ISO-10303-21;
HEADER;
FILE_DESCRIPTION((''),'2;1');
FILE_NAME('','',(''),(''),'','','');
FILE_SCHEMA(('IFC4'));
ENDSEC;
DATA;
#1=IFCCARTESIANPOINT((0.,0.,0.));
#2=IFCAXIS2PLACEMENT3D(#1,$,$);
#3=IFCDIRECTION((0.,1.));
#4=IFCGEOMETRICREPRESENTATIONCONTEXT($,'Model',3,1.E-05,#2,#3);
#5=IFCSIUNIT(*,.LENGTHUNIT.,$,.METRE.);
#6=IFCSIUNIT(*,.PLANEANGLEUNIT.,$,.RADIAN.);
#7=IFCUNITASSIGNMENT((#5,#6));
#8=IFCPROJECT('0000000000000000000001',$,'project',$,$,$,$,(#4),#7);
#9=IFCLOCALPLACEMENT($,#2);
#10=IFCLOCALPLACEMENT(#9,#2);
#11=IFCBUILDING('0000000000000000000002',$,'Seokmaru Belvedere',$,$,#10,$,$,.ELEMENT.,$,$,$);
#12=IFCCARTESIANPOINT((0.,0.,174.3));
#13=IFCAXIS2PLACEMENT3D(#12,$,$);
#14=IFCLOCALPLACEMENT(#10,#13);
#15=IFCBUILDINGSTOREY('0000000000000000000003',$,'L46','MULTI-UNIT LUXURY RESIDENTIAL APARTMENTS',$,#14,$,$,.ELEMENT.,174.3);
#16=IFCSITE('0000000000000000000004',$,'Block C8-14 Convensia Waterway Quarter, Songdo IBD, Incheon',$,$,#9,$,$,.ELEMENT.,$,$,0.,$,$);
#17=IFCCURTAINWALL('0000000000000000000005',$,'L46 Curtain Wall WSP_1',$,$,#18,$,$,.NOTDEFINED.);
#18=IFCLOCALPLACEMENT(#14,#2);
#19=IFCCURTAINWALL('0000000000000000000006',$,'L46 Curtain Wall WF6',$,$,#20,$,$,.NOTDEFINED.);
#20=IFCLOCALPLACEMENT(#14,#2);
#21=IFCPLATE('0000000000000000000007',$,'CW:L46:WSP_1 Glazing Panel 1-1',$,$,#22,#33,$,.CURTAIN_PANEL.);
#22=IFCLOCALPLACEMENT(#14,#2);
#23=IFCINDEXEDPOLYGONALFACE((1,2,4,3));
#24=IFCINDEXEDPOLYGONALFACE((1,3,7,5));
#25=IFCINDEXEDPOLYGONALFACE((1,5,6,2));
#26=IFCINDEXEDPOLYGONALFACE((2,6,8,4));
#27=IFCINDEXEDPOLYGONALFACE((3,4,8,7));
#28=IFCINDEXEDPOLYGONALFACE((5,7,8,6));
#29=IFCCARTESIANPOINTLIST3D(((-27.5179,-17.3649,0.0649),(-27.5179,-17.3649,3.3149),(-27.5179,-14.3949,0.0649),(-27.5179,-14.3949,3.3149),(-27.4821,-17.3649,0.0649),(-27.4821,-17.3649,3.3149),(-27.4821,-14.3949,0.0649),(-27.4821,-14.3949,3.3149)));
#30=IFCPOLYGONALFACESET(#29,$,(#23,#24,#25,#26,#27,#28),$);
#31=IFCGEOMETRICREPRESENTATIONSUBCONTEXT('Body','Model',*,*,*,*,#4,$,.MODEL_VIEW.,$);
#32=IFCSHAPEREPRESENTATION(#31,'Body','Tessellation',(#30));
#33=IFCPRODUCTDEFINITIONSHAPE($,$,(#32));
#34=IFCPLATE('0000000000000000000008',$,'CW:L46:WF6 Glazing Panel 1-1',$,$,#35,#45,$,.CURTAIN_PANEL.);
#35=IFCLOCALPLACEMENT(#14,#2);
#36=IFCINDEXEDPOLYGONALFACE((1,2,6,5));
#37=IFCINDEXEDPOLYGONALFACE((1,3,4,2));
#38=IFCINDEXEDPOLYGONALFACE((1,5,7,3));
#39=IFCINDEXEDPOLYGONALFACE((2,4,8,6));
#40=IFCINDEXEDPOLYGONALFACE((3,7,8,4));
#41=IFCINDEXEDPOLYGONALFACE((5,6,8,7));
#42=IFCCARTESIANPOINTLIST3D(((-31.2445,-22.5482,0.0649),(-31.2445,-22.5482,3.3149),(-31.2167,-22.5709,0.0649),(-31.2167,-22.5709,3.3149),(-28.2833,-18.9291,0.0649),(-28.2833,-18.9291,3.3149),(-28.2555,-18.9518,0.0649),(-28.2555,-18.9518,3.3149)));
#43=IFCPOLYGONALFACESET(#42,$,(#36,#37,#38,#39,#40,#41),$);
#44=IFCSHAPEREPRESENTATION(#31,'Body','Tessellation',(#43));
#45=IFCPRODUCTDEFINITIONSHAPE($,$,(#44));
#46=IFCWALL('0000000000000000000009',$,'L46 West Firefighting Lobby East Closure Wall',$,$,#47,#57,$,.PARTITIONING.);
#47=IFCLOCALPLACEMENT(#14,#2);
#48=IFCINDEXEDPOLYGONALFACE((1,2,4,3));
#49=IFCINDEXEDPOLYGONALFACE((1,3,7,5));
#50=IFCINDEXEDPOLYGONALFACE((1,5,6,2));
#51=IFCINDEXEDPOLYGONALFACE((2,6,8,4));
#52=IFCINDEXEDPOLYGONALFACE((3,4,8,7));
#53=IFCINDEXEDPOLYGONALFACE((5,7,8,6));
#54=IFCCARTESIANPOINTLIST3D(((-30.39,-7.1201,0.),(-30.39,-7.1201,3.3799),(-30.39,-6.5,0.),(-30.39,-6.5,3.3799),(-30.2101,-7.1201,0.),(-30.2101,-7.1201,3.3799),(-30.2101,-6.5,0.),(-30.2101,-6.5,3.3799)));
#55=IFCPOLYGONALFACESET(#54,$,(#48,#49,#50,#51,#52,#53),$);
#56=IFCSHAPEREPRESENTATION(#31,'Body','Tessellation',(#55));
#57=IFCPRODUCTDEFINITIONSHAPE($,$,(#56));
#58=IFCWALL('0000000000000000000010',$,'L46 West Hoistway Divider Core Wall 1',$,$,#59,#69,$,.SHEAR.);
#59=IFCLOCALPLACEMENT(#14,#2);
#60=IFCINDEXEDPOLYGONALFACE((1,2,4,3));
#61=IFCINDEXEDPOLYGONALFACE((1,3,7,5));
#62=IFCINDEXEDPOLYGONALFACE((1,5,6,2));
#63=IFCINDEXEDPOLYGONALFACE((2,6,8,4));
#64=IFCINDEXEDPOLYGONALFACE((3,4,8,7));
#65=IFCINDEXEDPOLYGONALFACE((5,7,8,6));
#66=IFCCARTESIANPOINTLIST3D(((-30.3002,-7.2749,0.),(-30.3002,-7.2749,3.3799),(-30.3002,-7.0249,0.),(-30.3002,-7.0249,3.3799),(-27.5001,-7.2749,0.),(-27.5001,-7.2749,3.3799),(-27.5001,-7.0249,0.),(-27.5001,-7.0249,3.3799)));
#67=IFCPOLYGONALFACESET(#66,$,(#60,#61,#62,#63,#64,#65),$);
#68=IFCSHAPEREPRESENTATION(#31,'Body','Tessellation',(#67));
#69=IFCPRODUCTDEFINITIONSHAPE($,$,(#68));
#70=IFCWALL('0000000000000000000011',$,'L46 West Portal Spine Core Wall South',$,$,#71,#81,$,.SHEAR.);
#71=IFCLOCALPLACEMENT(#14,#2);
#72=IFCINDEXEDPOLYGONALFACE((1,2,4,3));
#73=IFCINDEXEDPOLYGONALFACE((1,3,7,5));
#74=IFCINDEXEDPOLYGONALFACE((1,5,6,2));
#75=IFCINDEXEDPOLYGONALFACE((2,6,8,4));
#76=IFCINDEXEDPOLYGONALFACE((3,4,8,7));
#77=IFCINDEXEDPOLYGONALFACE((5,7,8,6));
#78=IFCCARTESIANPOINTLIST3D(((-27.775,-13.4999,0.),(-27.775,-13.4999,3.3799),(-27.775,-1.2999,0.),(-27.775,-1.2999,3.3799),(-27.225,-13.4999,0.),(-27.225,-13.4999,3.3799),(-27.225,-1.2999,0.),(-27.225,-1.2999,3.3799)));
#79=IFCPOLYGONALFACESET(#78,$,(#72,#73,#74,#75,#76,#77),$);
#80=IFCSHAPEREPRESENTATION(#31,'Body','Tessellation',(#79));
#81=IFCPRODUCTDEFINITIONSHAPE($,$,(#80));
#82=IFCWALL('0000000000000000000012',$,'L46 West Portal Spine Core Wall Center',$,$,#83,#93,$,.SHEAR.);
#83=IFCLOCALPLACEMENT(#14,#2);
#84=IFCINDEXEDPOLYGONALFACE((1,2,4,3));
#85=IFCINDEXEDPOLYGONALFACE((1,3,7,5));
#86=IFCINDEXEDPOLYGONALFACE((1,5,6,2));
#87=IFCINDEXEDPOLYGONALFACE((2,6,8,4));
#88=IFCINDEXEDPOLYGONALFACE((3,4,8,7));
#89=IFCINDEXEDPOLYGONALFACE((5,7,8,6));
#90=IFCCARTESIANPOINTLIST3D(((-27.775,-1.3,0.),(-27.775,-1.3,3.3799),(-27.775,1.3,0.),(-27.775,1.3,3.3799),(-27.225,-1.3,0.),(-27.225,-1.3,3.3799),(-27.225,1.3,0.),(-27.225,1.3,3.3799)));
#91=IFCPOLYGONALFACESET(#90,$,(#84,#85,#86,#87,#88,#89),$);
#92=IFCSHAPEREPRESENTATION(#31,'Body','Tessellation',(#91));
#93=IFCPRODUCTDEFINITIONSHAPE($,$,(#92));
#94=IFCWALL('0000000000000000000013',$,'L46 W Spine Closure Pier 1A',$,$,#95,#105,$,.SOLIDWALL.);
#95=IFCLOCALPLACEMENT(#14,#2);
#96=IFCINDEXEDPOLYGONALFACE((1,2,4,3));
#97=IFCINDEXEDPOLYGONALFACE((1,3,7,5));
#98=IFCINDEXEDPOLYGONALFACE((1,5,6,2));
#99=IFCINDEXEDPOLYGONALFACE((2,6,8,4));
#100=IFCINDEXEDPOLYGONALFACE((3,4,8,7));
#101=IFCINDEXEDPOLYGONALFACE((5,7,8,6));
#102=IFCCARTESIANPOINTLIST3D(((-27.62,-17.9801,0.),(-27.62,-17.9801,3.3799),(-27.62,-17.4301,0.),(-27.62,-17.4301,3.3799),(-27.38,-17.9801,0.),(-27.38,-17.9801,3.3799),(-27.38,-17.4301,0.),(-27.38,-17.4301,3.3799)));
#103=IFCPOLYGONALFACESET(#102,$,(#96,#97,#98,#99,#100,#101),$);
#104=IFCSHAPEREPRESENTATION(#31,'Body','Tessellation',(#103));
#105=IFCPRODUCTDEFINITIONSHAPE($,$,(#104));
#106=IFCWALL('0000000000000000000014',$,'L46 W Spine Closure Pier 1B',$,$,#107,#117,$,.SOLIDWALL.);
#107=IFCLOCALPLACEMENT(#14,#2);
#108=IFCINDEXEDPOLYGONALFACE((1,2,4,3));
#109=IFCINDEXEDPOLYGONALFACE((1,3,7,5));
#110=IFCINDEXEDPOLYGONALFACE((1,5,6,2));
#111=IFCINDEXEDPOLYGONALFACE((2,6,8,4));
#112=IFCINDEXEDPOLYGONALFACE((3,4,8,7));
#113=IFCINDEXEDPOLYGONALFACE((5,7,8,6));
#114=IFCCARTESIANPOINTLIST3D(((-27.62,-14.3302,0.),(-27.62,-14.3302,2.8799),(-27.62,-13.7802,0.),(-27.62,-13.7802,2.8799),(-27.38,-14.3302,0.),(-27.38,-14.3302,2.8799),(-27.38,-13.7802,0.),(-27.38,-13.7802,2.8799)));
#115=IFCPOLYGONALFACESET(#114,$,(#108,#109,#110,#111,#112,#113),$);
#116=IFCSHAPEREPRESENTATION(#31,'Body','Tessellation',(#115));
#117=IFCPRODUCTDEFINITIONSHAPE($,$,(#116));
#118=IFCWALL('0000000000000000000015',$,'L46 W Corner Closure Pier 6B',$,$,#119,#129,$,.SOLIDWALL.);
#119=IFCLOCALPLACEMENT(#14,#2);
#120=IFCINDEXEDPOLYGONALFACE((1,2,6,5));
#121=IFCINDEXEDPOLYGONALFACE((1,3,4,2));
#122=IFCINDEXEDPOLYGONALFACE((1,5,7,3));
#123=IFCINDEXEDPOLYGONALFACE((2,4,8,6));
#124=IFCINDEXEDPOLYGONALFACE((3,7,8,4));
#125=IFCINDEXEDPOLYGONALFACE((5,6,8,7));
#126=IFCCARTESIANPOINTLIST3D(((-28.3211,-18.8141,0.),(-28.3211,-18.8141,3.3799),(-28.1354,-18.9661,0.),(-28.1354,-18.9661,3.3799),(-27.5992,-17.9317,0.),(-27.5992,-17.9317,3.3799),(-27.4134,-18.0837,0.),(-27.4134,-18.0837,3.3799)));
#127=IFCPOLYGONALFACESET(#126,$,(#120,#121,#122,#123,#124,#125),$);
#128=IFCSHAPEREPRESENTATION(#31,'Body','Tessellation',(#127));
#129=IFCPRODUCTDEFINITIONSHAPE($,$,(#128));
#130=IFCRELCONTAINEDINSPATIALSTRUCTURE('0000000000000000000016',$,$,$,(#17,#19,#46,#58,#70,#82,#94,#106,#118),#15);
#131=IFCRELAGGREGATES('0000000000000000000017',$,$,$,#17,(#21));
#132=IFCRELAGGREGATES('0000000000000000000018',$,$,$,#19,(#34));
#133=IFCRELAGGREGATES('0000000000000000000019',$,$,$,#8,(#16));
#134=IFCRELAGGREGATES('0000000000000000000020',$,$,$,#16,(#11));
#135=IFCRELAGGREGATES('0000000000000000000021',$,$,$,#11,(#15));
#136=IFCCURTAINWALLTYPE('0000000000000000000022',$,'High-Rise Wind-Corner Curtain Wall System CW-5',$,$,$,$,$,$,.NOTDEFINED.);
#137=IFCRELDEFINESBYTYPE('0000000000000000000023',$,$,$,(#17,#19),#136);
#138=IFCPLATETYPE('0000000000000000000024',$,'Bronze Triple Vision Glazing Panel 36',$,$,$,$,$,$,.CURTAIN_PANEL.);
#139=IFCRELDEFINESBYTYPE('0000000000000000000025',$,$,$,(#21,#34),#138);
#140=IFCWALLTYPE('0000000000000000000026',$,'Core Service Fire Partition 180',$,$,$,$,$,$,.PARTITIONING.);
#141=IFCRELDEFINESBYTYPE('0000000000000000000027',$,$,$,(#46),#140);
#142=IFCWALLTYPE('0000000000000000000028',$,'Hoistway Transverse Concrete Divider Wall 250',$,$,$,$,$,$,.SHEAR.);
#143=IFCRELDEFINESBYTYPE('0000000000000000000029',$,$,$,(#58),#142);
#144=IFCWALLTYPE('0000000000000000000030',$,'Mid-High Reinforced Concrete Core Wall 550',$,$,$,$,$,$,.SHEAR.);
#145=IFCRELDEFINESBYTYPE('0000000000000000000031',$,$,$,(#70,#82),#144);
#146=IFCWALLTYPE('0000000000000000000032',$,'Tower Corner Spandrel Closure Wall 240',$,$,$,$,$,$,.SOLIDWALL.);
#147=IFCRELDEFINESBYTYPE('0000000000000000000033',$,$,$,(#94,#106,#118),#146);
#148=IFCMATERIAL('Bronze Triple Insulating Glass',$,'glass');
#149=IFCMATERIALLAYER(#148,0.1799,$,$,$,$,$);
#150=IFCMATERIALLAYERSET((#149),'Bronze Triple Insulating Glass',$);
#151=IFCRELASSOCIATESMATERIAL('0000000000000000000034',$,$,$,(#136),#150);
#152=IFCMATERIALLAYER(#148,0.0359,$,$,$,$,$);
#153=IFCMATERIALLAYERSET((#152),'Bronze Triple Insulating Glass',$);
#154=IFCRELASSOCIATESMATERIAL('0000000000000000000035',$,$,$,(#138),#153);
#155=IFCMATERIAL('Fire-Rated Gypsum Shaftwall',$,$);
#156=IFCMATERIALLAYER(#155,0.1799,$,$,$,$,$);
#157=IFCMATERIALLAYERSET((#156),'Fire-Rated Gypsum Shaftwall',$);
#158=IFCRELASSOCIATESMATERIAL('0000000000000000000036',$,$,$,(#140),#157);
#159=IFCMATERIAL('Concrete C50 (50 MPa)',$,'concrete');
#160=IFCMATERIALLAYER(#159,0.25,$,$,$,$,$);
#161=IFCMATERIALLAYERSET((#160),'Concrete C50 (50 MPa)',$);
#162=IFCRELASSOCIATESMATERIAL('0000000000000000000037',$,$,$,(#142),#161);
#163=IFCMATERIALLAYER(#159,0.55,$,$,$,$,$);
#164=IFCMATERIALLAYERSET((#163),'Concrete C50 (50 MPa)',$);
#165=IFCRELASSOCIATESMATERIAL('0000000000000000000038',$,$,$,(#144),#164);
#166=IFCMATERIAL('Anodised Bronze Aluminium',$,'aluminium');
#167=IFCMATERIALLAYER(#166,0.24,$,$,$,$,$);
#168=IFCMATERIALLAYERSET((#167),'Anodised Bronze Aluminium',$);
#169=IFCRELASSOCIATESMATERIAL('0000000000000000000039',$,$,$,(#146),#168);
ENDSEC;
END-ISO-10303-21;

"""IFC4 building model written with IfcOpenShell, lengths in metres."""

from ifc_helpers import new_model, si_unit, direction, frame, frame_2d, origin, origin_2d, place, context, subcontext, project, spatial, rectangle, extrude, source, transform, mapped, material, layer, layer_set, type_object, type_shapes, element, aggregate, save


model = new_model("IFC4")

# Units and contexts
model_context = context("Model", 3, precision=1e-05, world=origin(), true_north=direction((0.0, 1.0)))
body_context = subcontext(model_context, "Body", "Model", "MODEL_VIEW")
ifc_project = project(units=[si_unit("LENGTHUNIT", "METRE"), si_unit("PLANEANGLEUNIT", "RADIAN")], contexts=[model_context])

# Site, building, storey
site_placement = place(None, origin())
site = spatial("IfcSite", under=ifc_project, at=site_placement, Name="Block C8-14 Convensia Waterway Quarter, Songdo IBD, Incheon", CompositionType="ELEMENT", RefElevation=0.0)
building_placement = place(site_placement, origin())
building = spatial("IfcBuilding", under=site, at=building_placement, Name="Seokmaru Belvedere", CompositionType="ELEMENT")
storey_placement = place(building_placement, frame((0.0, 0.0, 174.3)))
storey = spatial("IfcBuildingStorey", under=building, at=storey_placement, Name="L46", Description="MULTI-UNIT LUXURY RESIDENTIAL APARTMENTS", CompositionType="ELEMENT", Elevation=174.3)

# Curtain wall
ifc_material_1 = material(Name="Bronze Triple Insulating Glass", Category="glass")
ifc_layer_1 = layer(ifc_material_1, 0.1799)
ifc_layer_set_1 = layer_set([ifc_layer_1], Name="Bronze Triple Insulating Glass")
curtain_wall_type = type_object("IfcCurtainWallType", Name="High-Rise Wind-Corner Curtain Wall System CW-5", PredefinedType="NOTDEFINED", material=ifc_layer_set_1)
curtain_wall_1_placement = place(storey_placement, origin())
curtain_wall_1 = element("IfcCurtainWall", 1, at=curtain_wall_1_placement, inside=storey, type_object=curtain_wall_type, Name="L46 Curtain Wall WSP_1", PredefinedType="NOTDEFINED")
ifc_material_2 = material(Name="Anodised Bronze Aluminium", Category="aluminium")

# Curtain wall
curtain_wall_2_placement = place(storey_placement, origin())
curtain_wall_2 = element("IfcCurtainWall", 2, at=curtain_wall_2_placement, inside=storey, type_object=curtain_wall_type, Name="L46 Curtain Wall WF6", PredefinedType="NOTDEFINED")

# Plates
ifc_layer_2 = layer(ifc_material_1, 0.0359)
ifc_layer_set_2 = layer_set([ifc_layer_2], Name="Bronze Triple Insulating Glass")
plate_type = type_object("IfcPlateType", Name="Bronze Triple Vision Glazing Panel 36", PredefinedType="CURTAIN_PANEL", material=ifc_layer_set_2)
shared_shape_1 = source(origin(), body_context, "Body", "SweptSolid", [
    extrude(rectangle(XDim=2.97, YDim=0.0359, at=origin_2d()), origin(), (0.0, 0.0, 1.0), 3.25),
])
plate_1_placement = place(storey_placement, frame((-27.5, -15.8799, 0.0649), z_axis=(0.0, 0.0, 1.0), x_axis=(0.0, 1.0, 0.0)))
plate_1 = element("IfcPlate", 3, at=plate_1_placement, type_object=plate_type, Name="CW:L46:WSP_1 Glazing Panel 1-1", PredefinedType="CURTAIN_PANEL", context=body_context, shape_type="MappedRepresentation", body=[
    mapped(shared_shape_1, transform((0.0, 0.0, 0.0), scale=1.0)),
])
aggregate(curtain_wall_1, [plate_1])
shared_shape_2 = source(origin(), body_context, "Body", "SweptSolid", [
    extrude(rectangle(XDim=4.6763, YDim=0.0359, at=origin_2d()), origin(), (0.0, 0.0, 1.0), 3.25),
])
type_shapes(plate_type, [shared_shape_1, shared_shape_2])
plate_2_placement = place(storey_placement, frame((-29.75, -20.75, 0.0649), z_axis=(0.0, 0.0, 1.0), x_axis=(0.633254, 0.773944, 0.0)))
plate_2 = element("IfcPlate", 4, at=plate_2_placement, type_object=plate_type, Name="CW:L46:WF6 Glazing Panel 1-1", PredefinedType="CURTAIN_PANEL", context=body_context, shape_type="MappedRepresentation", body=[
    mapped(shared_shape_2, transform((0.0, 0.0, 0.0), scale=1.0)),
])
aggregate(curtain_wall_2, [plate_2])

# Walls
ifc_material_3 = material(Name="Fire-Rated Gypsum Shaftwall")
ifc_layer_3 = layer(ifc_material_3, 0.1799)
ifc_layer_set_3 = layer_set([ifc_layer_3], Name="Fire-Rated Gypsum Shaftwall")
wall_type_1 = type_object("IfcWallType", Name="Core Service Fire Partition 180", PredefinedType="PARTITIONING", material=ifc_layer_set_3)
wall_1_placement = place(storey_placement, frame((-30.3, -7.1201, 0.0), z_axis=(0.0, 0.0, 1.0), x_axis=(0.0, 1.0, 0.0)))
element("IfcWall", 5, at=wall_1_placement, inside=storey, type_object=wall_type_1, Name="L46 West Firefighting Lobby East Closure Wall", PredefinedType="PARTITIONING", context=body_context, shape_type="SweptSolid", body=[
    extrude(rectangle(XDim=0.6201, YDim=0.1799, at=frame_2d((0.3101, 0.0))), origin(), (0.0, 0.0, 1.0), 3.3799),
])
ifc_material_4 = material(Name="Concrete C50 (50 MPa)", Category="concrete")
ifc_layer_4 = layer(ifc_material_4, 0.25)
ifc_layer_set_4 = layer_set([ifc_layer_4], Name="Concrete C50 (50 MPa)")
wall_type_2 = type_object("IfcWallType", Name="Hoistway Transverse Concrete Divider Wall 250", PredefinedType="SHEAR", material=ifc_layer_set_4)
wall_2_placement = place(storey_placement, frame((-30.3, -7.1499, 0.0), z_axis=(0.0, 0.0, 1.0), x_axis=(1.0, 0.0, 0.0)))
element("IfcWall", 6, at=wall_2_placement, inside=storey, type_object=wall_type_2, Name="L46 West Hoistway Divider Core Wall 1", PredefinedType="SHEAR", context=body_context, shape_type="SweptSolid", body=[
    extrude(rectangle(XDim=2.8, YDim=0.25, at=frame_2d((1.3999, 0.0))), origin(), (0.0, 0.0, 1.0), 3.3799),
])
ifc_layer_5 = layer(ifc_material_4, 0.55)
ifc_layer_set_5 = layer_set([ifc_layer_5], Name="Concrete C50 (50 MPa)")
wall_type_3 = type_object("IfcWallType", Name="Mid-High Reinforced Concrete Core Wall 550", PredefinedType="SHEAR", material=ifc_layer_set_5)
wall_3_placement = place(storey_placement, frame((-27.5, -13.5, 0.0), z_axis=(0.0, 0.0, 1.0), x_axis=(0.0, 1.0, 0.0)))
element("IfcWall", 7, at=wall_3_placement, inside=storey, type_object=wall_type_3, Name="L46 West Portal Spine Core Wall South", PredefinedType="SHEAR", context=body_context, shape_type="SweptSolid", body=[
    extrude(rectangle(XDim=12.2, YDim=0.55, at=frame_2d((6.1001, 0.0))), origin(), (0.0, 0.0, 1.0), 3.3799),
])
wall_4_placement = place(storey_placement, frame((-27.5, -1.3, 0.0), z_axis=(0.0, 0.0, 1.0), x_axis=(0.0, 1.0, 0.0)))
element("IfcWall", 8, at=wall_4_placement, inside=storey, type_object=wall_type_3, Name="L46 West Portal Spine Core Wall Center", PredefinedType="SHEAR", context=body_context, shape_type="SweptSolid", body=[
    extrude(rectangle(XDim=2.6001, YDim=0.55, at=frame_2d((1.3, 0.0))), origin(), (0.0, 0.0, 1.0), 3.3799),
])
ifc_layer_6 = layer(ifc_material_2, 0.24)
ifc_layer_set_6 = layer_set([ifc_layer_6], Name="Anodised Bronze Aluminium")
wall_type_4 = type_object("IfcWallType", Name="Tower Corner Spandrel Closure Wall 240", PredefinedType="SOLIDWALL", material=ifc_layer_set_6)
wall_5_placement = place(storey_placement, frame((-27.5, -17.98, 0.0), z_axis=(0.0, 0.0, 1.0), x_axis=(0.0, 1.0, 0.0)))
element("IfcWall", 9, at=wall_5_placement, inside=storey, type_object=wall_type_4, Name="L46 W Spine Closure Pier 1A", PredefinedType="SOLIDWALL", context=body_context, shape_type="SweptSolid", body=[
    extrude(rectangle(XDim=0.55, YDim=0.24, at=frame_2d((0.2749, 0.0))), origin(), (0.0, 0.0, 1.0), 3.3799),
])
wall_6_placement = place(storey_placement, frame((-27.5, -14.3301, 0.0), z_axis=(0.0, 0.0, 1.0), x_axis=(0.0, 1.0, 0.0)))
element("IfcWall", 10, at=wall_6_placement, inside=storey, type_object=wall_type_4, Name="L46 W Spine Closure Pier 1B", PredefinedType="SOLIDWALL", context=body_context, shape_type="SweptSolid", body=[
    extrude(rectangle(XDim=0.55, YDim=0.24, at=frame_2d((0.2749, 0.0))), origin(), (0.0, 0.0, 1.0), 2.8799),
])
wall_7_placement = place(storey_placement, frame((-28.2283, -18.8901, 0.0), z_axis=(0.0, 0.0, 1.0), x_axis=(0.633249, 0.773948, 0.0)))
element("IfcWall", 11, at=wall_7_placement, inside=storey, type_object=wall_type_4, Name="L46 W Corner Closure Pier 6B", PredefinedType="SOLIDWALL", context=body_context, shape_type="SweptSolid", body=[
    extrude(rectangle(XDim=1.1401, YDim=0.24, at=frame_2d((0.5701, 0.0))), origin(), (0.0, 0.0, 1.0), 3.3799),
])

save(model, "model.ifc")
